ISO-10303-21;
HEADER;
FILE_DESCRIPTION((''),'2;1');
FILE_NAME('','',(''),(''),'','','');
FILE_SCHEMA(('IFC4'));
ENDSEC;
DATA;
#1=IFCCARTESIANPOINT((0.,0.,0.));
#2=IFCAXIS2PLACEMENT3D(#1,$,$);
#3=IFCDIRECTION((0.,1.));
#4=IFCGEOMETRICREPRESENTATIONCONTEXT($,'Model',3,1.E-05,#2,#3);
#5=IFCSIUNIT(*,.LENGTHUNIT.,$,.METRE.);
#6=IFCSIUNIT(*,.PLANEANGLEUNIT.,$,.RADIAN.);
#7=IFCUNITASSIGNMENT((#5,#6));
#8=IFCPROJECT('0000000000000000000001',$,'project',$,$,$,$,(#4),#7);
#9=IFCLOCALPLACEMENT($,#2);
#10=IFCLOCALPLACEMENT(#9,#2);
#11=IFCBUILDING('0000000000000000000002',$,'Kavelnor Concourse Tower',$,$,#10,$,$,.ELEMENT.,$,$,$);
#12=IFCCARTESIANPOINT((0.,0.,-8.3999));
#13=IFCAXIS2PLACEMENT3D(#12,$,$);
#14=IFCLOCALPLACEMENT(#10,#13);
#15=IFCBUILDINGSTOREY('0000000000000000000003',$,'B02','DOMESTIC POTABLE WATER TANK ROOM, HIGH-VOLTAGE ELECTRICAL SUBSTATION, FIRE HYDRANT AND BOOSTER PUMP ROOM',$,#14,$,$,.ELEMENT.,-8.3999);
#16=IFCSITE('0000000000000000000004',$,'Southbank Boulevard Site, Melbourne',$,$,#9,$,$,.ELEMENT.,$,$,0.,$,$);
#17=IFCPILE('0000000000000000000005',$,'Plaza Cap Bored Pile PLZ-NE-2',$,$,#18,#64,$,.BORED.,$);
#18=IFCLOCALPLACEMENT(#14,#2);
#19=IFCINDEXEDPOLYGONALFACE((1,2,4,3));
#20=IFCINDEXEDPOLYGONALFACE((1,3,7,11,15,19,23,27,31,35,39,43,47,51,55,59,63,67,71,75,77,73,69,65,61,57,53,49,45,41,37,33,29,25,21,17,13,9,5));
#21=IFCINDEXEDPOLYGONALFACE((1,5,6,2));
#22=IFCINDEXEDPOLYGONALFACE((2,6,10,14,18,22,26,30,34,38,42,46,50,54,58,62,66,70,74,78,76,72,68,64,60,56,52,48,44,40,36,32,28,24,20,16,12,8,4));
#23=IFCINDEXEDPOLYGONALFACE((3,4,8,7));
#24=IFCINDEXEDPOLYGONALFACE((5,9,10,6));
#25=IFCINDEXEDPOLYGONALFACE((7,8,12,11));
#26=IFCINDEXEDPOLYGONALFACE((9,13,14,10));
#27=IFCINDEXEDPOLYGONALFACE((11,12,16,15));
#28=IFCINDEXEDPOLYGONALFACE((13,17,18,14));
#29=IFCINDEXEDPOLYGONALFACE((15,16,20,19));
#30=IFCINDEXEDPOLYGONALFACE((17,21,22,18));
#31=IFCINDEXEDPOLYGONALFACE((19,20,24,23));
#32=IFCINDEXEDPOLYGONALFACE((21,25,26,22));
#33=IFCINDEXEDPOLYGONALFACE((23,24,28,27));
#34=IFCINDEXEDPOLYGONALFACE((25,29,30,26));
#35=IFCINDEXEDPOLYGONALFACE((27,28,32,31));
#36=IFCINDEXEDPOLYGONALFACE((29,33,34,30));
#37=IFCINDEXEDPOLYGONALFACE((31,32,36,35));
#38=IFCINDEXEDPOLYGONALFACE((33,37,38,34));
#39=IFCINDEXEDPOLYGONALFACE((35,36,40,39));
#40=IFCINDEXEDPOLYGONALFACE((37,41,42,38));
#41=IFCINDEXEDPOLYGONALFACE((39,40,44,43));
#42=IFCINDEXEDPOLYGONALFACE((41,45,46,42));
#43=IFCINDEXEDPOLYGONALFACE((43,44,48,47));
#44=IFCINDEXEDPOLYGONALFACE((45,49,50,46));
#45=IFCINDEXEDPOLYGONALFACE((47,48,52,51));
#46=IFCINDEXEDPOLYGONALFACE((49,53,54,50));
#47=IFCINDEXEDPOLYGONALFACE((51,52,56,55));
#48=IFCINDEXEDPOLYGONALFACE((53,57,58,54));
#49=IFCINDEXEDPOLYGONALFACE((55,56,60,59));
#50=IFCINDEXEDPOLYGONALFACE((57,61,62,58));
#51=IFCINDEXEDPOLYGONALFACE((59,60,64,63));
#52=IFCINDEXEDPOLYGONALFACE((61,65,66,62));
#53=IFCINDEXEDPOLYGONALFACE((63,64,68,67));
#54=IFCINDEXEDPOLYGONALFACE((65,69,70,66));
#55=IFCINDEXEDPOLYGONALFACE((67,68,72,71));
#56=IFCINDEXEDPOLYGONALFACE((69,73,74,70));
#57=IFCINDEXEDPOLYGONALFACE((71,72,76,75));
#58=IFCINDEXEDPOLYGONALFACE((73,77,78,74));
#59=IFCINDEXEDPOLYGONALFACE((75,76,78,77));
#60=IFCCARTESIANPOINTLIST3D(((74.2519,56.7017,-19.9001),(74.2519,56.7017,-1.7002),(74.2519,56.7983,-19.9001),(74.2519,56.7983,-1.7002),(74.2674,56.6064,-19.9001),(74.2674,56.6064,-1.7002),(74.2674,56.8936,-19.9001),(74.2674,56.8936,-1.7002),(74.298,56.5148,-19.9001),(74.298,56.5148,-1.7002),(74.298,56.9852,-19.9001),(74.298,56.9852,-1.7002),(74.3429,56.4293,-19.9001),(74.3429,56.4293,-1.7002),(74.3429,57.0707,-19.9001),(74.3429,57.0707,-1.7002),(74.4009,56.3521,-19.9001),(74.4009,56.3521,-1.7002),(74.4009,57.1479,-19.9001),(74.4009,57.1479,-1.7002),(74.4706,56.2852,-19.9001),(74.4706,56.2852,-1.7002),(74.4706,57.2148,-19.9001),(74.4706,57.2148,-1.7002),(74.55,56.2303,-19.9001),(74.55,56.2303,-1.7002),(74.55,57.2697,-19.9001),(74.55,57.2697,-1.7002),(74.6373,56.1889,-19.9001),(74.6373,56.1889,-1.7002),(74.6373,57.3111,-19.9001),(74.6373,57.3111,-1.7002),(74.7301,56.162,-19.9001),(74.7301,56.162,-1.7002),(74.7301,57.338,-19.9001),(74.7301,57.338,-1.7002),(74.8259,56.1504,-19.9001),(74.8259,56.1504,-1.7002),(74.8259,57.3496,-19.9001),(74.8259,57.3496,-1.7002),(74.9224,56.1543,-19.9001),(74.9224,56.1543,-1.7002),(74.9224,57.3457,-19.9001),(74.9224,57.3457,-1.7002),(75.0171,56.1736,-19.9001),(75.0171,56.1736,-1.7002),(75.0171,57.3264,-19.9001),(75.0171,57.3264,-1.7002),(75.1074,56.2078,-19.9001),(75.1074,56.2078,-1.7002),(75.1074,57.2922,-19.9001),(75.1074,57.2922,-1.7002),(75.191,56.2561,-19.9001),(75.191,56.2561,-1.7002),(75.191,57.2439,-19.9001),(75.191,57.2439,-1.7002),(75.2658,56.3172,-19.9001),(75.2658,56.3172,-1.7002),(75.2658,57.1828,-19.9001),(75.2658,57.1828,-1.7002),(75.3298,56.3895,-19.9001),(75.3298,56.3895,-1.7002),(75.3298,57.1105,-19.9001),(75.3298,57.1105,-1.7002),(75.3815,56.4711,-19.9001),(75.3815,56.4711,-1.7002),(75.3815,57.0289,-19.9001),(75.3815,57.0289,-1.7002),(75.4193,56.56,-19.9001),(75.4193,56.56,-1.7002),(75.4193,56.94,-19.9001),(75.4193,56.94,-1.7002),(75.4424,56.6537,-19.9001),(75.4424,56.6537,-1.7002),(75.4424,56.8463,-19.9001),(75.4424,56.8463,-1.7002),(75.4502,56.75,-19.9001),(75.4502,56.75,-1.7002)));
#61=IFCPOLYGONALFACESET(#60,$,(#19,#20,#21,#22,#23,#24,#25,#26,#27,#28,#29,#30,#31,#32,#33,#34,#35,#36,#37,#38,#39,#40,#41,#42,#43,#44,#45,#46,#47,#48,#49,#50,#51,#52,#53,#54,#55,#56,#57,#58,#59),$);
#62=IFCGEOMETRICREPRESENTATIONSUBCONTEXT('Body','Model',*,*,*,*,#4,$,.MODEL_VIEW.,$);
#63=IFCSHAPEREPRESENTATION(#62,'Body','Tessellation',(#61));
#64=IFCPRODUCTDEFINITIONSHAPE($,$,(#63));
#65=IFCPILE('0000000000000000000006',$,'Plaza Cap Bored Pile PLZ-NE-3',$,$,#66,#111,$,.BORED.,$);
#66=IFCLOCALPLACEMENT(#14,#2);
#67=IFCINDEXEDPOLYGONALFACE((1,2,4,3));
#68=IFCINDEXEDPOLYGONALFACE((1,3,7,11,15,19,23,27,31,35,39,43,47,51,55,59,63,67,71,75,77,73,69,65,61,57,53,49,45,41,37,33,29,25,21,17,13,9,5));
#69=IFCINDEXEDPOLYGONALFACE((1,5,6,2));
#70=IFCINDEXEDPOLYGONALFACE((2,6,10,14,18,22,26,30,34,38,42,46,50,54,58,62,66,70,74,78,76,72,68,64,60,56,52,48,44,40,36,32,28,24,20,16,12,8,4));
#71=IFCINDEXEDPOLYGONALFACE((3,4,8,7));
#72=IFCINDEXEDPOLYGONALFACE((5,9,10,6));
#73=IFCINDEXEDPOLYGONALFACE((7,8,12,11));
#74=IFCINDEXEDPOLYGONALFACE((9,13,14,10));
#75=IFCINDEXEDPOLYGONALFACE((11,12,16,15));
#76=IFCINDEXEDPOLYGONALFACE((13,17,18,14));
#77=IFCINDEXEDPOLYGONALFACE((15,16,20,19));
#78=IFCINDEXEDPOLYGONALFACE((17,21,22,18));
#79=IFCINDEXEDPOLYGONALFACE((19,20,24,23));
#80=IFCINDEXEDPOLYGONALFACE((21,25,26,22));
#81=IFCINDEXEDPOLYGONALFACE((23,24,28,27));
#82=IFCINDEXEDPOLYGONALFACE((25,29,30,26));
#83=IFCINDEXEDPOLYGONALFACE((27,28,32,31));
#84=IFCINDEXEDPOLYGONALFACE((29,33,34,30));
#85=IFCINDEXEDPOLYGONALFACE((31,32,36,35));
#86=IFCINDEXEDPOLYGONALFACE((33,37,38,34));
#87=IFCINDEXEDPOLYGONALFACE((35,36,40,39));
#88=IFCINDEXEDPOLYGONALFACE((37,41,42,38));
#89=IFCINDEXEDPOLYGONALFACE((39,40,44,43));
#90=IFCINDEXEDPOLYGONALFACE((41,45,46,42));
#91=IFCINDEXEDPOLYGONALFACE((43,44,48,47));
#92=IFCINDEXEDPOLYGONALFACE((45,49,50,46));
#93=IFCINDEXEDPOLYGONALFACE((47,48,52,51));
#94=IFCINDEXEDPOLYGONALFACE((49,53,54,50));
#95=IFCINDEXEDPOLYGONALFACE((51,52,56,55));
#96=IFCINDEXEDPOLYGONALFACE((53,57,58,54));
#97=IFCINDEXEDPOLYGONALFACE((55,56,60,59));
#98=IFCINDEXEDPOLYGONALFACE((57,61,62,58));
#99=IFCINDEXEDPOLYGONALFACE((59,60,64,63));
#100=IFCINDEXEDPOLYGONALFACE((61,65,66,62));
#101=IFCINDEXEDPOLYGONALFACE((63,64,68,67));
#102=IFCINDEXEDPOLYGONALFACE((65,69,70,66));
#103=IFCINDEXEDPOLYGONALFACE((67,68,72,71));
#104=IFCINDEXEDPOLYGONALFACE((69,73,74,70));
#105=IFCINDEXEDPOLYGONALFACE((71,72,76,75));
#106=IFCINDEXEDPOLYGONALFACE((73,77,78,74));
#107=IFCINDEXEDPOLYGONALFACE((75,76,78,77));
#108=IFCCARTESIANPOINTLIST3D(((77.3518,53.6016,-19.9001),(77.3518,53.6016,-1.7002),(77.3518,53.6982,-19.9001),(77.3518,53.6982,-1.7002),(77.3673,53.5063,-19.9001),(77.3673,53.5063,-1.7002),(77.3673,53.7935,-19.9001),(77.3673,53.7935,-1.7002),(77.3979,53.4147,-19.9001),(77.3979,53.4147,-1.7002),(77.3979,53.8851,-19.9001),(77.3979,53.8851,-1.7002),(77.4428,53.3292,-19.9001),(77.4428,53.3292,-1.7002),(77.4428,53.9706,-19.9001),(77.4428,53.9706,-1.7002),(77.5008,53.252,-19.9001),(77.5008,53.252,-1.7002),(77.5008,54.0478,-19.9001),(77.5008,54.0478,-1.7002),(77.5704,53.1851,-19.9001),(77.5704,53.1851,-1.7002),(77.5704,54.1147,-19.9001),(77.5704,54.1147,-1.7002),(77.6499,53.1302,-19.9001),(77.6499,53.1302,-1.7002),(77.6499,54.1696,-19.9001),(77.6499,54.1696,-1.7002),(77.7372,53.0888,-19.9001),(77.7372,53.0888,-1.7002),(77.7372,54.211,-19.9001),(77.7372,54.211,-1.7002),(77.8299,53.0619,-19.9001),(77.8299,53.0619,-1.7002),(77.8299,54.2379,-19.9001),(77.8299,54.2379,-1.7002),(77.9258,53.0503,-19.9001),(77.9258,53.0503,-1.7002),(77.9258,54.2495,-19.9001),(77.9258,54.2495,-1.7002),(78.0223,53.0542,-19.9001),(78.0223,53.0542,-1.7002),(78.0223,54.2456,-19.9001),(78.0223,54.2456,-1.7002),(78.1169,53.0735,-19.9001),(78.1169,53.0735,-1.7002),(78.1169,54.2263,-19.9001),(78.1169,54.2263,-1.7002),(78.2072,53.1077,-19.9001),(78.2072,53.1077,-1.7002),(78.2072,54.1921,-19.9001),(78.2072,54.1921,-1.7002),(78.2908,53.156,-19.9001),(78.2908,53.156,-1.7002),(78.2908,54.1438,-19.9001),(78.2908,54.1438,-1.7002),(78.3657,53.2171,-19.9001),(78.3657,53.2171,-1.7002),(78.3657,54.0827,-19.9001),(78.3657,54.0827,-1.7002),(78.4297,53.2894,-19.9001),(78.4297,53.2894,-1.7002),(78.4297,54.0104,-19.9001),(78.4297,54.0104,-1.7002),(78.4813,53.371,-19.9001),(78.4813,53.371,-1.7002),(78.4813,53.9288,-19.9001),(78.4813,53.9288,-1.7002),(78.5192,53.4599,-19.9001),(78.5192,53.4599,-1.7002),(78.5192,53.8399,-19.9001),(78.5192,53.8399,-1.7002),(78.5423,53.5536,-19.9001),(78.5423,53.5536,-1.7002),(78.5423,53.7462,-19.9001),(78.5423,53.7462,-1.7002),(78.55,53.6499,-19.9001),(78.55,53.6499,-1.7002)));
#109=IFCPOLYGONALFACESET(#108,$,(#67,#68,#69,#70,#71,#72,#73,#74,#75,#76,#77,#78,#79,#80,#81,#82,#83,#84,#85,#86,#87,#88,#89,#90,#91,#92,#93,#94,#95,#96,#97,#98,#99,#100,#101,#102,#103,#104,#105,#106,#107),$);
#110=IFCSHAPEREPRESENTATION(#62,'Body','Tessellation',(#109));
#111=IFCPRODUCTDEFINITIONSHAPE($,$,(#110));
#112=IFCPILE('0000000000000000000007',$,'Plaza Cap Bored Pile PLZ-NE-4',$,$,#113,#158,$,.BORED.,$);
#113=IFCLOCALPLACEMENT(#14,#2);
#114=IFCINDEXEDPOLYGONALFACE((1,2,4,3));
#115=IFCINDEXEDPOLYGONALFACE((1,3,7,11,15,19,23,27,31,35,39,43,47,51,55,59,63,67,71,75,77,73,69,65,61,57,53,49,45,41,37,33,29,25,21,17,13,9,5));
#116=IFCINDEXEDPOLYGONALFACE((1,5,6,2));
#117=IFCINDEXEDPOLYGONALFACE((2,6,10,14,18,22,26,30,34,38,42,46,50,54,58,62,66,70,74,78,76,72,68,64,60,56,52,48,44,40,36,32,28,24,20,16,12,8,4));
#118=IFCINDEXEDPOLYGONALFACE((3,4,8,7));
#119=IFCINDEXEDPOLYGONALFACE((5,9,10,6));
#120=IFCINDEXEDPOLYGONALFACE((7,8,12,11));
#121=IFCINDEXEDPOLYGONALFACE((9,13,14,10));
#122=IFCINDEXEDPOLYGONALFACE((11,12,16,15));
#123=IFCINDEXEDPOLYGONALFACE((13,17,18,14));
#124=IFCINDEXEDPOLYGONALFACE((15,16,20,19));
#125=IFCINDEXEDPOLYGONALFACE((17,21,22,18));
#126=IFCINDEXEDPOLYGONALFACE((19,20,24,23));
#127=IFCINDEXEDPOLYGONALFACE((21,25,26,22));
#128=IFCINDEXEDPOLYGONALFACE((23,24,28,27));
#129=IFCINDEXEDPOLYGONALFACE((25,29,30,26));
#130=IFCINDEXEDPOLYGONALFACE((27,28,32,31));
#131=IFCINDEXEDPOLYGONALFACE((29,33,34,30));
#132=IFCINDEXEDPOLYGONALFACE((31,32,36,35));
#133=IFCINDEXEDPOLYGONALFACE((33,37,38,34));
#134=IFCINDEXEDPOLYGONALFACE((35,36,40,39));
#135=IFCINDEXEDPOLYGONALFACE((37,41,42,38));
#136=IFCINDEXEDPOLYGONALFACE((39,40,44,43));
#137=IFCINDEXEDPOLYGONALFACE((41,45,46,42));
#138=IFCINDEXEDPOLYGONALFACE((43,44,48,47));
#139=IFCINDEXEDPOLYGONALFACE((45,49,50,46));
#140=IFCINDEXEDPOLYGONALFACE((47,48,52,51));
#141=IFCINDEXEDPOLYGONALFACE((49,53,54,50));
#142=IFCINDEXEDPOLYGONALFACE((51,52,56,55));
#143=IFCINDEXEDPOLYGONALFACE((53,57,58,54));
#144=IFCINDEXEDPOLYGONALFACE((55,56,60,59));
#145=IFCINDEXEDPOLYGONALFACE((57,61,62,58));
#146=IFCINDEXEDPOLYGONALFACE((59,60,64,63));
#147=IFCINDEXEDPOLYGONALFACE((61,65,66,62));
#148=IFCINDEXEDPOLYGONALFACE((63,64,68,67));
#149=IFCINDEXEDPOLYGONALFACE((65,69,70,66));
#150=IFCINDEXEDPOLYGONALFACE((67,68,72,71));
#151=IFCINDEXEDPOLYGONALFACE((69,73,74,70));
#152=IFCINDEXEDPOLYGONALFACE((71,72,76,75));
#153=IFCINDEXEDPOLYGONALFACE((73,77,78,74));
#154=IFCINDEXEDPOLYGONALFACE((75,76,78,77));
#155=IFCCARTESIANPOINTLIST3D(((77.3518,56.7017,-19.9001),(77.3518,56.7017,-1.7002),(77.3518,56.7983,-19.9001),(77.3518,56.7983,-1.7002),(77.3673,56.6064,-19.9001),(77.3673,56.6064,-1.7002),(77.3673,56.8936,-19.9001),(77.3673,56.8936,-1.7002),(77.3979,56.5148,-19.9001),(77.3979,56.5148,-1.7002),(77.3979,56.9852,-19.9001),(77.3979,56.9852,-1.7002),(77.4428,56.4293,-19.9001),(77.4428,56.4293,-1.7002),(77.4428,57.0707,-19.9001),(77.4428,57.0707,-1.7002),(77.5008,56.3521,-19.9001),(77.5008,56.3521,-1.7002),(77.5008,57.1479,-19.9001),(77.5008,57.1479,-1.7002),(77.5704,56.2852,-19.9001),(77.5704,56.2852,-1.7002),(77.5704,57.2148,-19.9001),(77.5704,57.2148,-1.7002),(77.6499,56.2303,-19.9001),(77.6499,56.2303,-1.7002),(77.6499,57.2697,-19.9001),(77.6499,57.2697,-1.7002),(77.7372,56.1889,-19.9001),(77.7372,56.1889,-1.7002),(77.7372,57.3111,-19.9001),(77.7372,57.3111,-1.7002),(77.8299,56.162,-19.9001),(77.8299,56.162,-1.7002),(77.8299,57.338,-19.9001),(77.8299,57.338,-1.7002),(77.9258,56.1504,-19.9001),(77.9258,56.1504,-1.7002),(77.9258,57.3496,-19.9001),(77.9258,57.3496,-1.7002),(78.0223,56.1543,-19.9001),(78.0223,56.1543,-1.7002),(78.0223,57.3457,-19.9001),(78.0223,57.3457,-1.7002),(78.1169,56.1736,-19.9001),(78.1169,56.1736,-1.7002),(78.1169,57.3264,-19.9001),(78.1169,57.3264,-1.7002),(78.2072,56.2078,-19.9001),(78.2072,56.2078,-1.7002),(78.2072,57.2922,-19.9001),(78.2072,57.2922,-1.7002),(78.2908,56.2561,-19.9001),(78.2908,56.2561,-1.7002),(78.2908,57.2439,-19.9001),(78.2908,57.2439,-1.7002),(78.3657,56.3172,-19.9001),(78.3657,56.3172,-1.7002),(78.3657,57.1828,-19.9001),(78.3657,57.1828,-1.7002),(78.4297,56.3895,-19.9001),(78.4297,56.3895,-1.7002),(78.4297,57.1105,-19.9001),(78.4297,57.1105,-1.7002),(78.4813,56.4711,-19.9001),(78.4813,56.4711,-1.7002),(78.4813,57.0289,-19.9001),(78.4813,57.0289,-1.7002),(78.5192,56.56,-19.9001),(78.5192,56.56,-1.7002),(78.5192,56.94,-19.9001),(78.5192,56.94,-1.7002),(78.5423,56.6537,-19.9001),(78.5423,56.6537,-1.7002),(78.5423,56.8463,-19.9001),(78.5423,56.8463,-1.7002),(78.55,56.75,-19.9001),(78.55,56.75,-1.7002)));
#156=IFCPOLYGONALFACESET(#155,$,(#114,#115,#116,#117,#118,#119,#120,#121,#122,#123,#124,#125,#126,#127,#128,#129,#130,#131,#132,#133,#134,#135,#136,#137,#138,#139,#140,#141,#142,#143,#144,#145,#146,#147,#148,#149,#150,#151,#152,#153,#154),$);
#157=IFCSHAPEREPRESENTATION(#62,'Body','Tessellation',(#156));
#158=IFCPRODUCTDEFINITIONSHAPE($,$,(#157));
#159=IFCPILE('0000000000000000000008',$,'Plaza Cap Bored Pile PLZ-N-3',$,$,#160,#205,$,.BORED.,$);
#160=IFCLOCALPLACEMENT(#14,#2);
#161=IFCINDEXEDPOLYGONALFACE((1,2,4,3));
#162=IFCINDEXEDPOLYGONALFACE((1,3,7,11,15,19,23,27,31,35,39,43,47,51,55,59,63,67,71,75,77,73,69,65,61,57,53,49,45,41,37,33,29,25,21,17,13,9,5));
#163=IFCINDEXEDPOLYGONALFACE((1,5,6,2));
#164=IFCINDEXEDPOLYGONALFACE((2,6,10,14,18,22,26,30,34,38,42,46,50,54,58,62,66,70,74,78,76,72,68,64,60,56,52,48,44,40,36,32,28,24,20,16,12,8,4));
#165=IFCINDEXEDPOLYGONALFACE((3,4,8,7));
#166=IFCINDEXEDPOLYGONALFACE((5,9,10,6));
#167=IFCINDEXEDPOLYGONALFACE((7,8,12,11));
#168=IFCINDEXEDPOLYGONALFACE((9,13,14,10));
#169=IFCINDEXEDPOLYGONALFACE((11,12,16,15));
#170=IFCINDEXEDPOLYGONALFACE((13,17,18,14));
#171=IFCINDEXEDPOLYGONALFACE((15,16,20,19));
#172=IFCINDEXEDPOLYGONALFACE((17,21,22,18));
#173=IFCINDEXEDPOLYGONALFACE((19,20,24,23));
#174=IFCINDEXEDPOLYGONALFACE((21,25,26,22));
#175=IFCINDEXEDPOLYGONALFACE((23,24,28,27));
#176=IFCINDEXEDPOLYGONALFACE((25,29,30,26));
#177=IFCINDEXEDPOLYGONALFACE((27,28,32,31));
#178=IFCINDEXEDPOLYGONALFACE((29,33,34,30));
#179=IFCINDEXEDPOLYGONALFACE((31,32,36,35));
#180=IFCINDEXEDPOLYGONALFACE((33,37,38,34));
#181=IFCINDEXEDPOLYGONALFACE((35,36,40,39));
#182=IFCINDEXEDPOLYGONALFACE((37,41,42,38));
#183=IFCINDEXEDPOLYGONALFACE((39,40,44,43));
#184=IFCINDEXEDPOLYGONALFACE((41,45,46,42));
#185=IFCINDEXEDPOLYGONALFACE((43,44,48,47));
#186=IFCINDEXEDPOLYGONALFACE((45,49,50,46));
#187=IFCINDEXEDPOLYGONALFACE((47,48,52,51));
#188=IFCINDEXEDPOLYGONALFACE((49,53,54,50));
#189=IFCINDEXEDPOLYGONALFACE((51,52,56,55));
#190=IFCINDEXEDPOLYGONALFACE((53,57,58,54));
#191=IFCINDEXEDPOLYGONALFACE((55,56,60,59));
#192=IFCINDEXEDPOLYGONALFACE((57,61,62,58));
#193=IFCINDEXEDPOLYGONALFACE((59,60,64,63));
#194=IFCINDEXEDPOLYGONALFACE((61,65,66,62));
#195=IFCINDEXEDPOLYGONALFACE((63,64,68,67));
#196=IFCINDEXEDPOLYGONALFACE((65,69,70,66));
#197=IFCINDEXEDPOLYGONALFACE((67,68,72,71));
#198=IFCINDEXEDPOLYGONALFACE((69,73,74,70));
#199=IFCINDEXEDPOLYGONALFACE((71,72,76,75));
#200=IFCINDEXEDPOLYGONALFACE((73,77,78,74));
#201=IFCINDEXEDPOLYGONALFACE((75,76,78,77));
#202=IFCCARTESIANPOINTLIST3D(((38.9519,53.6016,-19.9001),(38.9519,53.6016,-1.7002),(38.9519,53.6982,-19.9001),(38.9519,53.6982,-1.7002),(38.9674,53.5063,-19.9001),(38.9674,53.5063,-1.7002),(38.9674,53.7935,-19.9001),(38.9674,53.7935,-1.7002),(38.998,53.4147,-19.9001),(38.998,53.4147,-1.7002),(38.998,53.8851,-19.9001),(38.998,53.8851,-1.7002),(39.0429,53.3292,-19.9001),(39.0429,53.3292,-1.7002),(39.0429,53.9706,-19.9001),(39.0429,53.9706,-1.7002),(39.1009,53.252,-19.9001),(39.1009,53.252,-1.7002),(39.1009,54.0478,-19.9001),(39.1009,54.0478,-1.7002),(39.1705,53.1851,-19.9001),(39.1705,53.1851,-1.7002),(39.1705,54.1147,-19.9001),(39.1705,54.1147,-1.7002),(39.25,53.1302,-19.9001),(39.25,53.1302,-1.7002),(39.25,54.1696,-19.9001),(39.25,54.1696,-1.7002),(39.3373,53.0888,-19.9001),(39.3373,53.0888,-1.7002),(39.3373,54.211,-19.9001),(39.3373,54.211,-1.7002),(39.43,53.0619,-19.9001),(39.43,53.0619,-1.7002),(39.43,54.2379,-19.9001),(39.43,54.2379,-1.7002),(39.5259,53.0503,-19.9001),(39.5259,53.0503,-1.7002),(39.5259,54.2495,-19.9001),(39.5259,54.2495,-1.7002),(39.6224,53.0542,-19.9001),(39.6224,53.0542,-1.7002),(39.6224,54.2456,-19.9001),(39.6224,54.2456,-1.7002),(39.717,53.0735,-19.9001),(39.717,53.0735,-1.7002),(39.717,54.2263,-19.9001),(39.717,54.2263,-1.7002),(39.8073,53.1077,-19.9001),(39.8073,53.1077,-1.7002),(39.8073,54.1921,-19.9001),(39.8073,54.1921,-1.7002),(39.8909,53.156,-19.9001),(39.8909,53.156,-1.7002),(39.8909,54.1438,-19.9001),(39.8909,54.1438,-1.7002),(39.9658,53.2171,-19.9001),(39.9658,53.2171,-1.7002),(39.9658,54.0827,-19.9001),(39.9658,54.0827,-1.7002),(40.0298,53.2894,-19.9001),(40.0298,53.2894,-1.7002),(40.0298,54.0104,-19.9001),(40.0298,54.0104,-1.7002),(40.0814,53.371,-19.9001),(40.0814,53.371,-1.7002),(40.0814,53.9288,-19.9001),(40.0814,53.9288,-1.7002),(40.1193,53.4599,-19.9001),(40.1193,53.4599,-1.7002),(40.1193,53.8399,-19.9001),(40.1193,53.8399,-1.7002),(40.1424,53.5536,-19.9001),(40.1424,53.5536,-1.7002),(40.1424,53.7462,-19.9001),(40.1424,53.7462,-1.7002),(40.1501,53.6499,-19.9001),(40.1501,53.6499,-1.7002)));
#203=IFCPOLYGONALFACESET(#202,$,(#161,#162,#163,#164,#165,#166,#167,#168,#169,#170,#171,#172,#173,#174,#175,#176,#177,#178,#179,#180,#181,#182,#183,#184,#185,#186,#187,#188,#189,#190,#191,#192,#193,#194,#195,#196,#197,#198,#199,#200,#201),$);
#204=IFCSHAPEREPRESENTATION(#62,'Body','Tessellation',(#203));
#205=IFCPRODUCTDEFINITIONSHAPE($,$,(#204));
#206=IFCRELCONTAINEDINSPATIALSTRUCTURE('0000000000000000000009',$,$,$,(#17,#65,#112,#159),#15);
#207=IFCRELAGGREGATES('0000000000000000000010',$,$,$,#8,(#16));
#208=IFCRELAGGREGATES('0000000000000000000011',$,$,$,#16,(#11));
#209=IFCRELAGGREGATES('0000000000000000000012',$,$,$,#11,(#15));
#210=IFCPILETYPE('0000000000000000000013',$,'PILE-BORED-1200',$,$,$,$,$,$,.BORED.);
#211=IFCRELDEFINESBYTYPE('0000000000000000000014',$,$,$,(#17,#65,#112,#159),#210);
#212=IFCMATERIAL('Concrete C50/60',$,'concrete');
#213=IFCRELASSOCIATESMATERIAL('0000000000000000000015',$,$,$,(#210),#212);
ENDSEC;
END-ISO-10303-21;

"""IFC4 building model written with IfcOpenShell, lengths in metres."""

from ifc_helpers import new_model, si_unit, direction, frame, origin, origin_2d, place, context, subcontext, project, spatial, circle, extrude, material, material_profile, profile_set, type_object, element, save


model = new_model("IFC4")

# Units and contexts
model_context = context("Model", 3, precision=1e-05, world=origin(), true_north=direction((0.0, 1.0)))
body_context = subcontext(model_context, "Body", "Model", "MODEL_VIEW")
ifc_project = project(units=[si_unit("LENGTHUNIT", "METRE"), si_unit("PLANEANGLEUNIT", "RADIAN")], contexts=[model_context])

# Site, building, storey
site_placement = place(None, origin())
site = spatial("IfcSite", under=ifc_project, at=site_placement, Name="Southbank Boulevard Site, Melbourne", CompositionType="ELEMENT", RefElevation=0.0)
building_placement = place(site_placement, origin())
building = spatial("IfcBuilding", under=site, at=building_placement, Name="Kavelnor Concourse Tower", CompositionType="ELEMENT")
storey_placement = place(building_placement, frame((0.0, 0.0, -8.3999)))
storey = spatial("IfcBuildingStorey", under=building, at=storey_placement, Name="B02", Description="DOMESTIC POTABLE WATER TANK ROOM, HIGH-VOLTAGE ELECTRICAL SUBSTATION, FIRE HYDRANT AND BOOSTER PUMP ROOM", CompositionType="ELEMENT", Elevation=-8.3999)

# Shared definitions
ifc_material_1 = material(Name="Concrete C50/60", Category="concrete")

# Piles
ifc_material_profile_1 = material_profile(ifc_material_1, circle(Radius=0.6001, at=origin_2d()), Name="PILE-D1200")
ifc_profile_set_1 = profile_set([ifc_material_profile_1], Name="Concrete C50/60")
pile_type_1 = type_object("IfcPileType", Name="PILE-BORED-1200", PredefinedType="BORED", material=ifc_profile_set_1)
for number, where, z_axis, x_axis, name in (
    (1, (74.8501, 56.75, -1.7002), (0.0, 0.0, -1.0), (1.0, 0.0, 0.0), "Plaza Cap Bored Pile PLZ-NE-2"),
    (2, (77.95, 53.6499, -1.7002), (0.0, 0.0, -1.0), (1.0, 0.0, 0.0), "Plaza Cap Bored Pile PLZ-NE-3"),
    (3, (77.95, 56.75, -1.7002), (0.0, 0.0, -1.0), (1.0, 0.0, 0.0), "Plaza Cap Bored Pile PLZ-NE-4"),
    (4, (39.55, 53.6499, -1.7002), (0.0, 0.0, -1.0), (1.0, 0.0, 0.0), "Plaza Cap Bored Pile PLZ-N-3"),
):
    element("IfcPile", number, at=place(storey_placement, frame(where, z_axis=z_axis, x_axis=x_axis)), inside=storey, type_object=pile_type_1, Name=name, PredefinedType="BORED", context=body_context, shape_type="SweptSolid", body=[
        extrude(circle(Radius=0.6001, at=origin_2d()), origin(), (0.0, 0.0, 1.0), 18.2),
    ])

save(model, "model.ifc")
